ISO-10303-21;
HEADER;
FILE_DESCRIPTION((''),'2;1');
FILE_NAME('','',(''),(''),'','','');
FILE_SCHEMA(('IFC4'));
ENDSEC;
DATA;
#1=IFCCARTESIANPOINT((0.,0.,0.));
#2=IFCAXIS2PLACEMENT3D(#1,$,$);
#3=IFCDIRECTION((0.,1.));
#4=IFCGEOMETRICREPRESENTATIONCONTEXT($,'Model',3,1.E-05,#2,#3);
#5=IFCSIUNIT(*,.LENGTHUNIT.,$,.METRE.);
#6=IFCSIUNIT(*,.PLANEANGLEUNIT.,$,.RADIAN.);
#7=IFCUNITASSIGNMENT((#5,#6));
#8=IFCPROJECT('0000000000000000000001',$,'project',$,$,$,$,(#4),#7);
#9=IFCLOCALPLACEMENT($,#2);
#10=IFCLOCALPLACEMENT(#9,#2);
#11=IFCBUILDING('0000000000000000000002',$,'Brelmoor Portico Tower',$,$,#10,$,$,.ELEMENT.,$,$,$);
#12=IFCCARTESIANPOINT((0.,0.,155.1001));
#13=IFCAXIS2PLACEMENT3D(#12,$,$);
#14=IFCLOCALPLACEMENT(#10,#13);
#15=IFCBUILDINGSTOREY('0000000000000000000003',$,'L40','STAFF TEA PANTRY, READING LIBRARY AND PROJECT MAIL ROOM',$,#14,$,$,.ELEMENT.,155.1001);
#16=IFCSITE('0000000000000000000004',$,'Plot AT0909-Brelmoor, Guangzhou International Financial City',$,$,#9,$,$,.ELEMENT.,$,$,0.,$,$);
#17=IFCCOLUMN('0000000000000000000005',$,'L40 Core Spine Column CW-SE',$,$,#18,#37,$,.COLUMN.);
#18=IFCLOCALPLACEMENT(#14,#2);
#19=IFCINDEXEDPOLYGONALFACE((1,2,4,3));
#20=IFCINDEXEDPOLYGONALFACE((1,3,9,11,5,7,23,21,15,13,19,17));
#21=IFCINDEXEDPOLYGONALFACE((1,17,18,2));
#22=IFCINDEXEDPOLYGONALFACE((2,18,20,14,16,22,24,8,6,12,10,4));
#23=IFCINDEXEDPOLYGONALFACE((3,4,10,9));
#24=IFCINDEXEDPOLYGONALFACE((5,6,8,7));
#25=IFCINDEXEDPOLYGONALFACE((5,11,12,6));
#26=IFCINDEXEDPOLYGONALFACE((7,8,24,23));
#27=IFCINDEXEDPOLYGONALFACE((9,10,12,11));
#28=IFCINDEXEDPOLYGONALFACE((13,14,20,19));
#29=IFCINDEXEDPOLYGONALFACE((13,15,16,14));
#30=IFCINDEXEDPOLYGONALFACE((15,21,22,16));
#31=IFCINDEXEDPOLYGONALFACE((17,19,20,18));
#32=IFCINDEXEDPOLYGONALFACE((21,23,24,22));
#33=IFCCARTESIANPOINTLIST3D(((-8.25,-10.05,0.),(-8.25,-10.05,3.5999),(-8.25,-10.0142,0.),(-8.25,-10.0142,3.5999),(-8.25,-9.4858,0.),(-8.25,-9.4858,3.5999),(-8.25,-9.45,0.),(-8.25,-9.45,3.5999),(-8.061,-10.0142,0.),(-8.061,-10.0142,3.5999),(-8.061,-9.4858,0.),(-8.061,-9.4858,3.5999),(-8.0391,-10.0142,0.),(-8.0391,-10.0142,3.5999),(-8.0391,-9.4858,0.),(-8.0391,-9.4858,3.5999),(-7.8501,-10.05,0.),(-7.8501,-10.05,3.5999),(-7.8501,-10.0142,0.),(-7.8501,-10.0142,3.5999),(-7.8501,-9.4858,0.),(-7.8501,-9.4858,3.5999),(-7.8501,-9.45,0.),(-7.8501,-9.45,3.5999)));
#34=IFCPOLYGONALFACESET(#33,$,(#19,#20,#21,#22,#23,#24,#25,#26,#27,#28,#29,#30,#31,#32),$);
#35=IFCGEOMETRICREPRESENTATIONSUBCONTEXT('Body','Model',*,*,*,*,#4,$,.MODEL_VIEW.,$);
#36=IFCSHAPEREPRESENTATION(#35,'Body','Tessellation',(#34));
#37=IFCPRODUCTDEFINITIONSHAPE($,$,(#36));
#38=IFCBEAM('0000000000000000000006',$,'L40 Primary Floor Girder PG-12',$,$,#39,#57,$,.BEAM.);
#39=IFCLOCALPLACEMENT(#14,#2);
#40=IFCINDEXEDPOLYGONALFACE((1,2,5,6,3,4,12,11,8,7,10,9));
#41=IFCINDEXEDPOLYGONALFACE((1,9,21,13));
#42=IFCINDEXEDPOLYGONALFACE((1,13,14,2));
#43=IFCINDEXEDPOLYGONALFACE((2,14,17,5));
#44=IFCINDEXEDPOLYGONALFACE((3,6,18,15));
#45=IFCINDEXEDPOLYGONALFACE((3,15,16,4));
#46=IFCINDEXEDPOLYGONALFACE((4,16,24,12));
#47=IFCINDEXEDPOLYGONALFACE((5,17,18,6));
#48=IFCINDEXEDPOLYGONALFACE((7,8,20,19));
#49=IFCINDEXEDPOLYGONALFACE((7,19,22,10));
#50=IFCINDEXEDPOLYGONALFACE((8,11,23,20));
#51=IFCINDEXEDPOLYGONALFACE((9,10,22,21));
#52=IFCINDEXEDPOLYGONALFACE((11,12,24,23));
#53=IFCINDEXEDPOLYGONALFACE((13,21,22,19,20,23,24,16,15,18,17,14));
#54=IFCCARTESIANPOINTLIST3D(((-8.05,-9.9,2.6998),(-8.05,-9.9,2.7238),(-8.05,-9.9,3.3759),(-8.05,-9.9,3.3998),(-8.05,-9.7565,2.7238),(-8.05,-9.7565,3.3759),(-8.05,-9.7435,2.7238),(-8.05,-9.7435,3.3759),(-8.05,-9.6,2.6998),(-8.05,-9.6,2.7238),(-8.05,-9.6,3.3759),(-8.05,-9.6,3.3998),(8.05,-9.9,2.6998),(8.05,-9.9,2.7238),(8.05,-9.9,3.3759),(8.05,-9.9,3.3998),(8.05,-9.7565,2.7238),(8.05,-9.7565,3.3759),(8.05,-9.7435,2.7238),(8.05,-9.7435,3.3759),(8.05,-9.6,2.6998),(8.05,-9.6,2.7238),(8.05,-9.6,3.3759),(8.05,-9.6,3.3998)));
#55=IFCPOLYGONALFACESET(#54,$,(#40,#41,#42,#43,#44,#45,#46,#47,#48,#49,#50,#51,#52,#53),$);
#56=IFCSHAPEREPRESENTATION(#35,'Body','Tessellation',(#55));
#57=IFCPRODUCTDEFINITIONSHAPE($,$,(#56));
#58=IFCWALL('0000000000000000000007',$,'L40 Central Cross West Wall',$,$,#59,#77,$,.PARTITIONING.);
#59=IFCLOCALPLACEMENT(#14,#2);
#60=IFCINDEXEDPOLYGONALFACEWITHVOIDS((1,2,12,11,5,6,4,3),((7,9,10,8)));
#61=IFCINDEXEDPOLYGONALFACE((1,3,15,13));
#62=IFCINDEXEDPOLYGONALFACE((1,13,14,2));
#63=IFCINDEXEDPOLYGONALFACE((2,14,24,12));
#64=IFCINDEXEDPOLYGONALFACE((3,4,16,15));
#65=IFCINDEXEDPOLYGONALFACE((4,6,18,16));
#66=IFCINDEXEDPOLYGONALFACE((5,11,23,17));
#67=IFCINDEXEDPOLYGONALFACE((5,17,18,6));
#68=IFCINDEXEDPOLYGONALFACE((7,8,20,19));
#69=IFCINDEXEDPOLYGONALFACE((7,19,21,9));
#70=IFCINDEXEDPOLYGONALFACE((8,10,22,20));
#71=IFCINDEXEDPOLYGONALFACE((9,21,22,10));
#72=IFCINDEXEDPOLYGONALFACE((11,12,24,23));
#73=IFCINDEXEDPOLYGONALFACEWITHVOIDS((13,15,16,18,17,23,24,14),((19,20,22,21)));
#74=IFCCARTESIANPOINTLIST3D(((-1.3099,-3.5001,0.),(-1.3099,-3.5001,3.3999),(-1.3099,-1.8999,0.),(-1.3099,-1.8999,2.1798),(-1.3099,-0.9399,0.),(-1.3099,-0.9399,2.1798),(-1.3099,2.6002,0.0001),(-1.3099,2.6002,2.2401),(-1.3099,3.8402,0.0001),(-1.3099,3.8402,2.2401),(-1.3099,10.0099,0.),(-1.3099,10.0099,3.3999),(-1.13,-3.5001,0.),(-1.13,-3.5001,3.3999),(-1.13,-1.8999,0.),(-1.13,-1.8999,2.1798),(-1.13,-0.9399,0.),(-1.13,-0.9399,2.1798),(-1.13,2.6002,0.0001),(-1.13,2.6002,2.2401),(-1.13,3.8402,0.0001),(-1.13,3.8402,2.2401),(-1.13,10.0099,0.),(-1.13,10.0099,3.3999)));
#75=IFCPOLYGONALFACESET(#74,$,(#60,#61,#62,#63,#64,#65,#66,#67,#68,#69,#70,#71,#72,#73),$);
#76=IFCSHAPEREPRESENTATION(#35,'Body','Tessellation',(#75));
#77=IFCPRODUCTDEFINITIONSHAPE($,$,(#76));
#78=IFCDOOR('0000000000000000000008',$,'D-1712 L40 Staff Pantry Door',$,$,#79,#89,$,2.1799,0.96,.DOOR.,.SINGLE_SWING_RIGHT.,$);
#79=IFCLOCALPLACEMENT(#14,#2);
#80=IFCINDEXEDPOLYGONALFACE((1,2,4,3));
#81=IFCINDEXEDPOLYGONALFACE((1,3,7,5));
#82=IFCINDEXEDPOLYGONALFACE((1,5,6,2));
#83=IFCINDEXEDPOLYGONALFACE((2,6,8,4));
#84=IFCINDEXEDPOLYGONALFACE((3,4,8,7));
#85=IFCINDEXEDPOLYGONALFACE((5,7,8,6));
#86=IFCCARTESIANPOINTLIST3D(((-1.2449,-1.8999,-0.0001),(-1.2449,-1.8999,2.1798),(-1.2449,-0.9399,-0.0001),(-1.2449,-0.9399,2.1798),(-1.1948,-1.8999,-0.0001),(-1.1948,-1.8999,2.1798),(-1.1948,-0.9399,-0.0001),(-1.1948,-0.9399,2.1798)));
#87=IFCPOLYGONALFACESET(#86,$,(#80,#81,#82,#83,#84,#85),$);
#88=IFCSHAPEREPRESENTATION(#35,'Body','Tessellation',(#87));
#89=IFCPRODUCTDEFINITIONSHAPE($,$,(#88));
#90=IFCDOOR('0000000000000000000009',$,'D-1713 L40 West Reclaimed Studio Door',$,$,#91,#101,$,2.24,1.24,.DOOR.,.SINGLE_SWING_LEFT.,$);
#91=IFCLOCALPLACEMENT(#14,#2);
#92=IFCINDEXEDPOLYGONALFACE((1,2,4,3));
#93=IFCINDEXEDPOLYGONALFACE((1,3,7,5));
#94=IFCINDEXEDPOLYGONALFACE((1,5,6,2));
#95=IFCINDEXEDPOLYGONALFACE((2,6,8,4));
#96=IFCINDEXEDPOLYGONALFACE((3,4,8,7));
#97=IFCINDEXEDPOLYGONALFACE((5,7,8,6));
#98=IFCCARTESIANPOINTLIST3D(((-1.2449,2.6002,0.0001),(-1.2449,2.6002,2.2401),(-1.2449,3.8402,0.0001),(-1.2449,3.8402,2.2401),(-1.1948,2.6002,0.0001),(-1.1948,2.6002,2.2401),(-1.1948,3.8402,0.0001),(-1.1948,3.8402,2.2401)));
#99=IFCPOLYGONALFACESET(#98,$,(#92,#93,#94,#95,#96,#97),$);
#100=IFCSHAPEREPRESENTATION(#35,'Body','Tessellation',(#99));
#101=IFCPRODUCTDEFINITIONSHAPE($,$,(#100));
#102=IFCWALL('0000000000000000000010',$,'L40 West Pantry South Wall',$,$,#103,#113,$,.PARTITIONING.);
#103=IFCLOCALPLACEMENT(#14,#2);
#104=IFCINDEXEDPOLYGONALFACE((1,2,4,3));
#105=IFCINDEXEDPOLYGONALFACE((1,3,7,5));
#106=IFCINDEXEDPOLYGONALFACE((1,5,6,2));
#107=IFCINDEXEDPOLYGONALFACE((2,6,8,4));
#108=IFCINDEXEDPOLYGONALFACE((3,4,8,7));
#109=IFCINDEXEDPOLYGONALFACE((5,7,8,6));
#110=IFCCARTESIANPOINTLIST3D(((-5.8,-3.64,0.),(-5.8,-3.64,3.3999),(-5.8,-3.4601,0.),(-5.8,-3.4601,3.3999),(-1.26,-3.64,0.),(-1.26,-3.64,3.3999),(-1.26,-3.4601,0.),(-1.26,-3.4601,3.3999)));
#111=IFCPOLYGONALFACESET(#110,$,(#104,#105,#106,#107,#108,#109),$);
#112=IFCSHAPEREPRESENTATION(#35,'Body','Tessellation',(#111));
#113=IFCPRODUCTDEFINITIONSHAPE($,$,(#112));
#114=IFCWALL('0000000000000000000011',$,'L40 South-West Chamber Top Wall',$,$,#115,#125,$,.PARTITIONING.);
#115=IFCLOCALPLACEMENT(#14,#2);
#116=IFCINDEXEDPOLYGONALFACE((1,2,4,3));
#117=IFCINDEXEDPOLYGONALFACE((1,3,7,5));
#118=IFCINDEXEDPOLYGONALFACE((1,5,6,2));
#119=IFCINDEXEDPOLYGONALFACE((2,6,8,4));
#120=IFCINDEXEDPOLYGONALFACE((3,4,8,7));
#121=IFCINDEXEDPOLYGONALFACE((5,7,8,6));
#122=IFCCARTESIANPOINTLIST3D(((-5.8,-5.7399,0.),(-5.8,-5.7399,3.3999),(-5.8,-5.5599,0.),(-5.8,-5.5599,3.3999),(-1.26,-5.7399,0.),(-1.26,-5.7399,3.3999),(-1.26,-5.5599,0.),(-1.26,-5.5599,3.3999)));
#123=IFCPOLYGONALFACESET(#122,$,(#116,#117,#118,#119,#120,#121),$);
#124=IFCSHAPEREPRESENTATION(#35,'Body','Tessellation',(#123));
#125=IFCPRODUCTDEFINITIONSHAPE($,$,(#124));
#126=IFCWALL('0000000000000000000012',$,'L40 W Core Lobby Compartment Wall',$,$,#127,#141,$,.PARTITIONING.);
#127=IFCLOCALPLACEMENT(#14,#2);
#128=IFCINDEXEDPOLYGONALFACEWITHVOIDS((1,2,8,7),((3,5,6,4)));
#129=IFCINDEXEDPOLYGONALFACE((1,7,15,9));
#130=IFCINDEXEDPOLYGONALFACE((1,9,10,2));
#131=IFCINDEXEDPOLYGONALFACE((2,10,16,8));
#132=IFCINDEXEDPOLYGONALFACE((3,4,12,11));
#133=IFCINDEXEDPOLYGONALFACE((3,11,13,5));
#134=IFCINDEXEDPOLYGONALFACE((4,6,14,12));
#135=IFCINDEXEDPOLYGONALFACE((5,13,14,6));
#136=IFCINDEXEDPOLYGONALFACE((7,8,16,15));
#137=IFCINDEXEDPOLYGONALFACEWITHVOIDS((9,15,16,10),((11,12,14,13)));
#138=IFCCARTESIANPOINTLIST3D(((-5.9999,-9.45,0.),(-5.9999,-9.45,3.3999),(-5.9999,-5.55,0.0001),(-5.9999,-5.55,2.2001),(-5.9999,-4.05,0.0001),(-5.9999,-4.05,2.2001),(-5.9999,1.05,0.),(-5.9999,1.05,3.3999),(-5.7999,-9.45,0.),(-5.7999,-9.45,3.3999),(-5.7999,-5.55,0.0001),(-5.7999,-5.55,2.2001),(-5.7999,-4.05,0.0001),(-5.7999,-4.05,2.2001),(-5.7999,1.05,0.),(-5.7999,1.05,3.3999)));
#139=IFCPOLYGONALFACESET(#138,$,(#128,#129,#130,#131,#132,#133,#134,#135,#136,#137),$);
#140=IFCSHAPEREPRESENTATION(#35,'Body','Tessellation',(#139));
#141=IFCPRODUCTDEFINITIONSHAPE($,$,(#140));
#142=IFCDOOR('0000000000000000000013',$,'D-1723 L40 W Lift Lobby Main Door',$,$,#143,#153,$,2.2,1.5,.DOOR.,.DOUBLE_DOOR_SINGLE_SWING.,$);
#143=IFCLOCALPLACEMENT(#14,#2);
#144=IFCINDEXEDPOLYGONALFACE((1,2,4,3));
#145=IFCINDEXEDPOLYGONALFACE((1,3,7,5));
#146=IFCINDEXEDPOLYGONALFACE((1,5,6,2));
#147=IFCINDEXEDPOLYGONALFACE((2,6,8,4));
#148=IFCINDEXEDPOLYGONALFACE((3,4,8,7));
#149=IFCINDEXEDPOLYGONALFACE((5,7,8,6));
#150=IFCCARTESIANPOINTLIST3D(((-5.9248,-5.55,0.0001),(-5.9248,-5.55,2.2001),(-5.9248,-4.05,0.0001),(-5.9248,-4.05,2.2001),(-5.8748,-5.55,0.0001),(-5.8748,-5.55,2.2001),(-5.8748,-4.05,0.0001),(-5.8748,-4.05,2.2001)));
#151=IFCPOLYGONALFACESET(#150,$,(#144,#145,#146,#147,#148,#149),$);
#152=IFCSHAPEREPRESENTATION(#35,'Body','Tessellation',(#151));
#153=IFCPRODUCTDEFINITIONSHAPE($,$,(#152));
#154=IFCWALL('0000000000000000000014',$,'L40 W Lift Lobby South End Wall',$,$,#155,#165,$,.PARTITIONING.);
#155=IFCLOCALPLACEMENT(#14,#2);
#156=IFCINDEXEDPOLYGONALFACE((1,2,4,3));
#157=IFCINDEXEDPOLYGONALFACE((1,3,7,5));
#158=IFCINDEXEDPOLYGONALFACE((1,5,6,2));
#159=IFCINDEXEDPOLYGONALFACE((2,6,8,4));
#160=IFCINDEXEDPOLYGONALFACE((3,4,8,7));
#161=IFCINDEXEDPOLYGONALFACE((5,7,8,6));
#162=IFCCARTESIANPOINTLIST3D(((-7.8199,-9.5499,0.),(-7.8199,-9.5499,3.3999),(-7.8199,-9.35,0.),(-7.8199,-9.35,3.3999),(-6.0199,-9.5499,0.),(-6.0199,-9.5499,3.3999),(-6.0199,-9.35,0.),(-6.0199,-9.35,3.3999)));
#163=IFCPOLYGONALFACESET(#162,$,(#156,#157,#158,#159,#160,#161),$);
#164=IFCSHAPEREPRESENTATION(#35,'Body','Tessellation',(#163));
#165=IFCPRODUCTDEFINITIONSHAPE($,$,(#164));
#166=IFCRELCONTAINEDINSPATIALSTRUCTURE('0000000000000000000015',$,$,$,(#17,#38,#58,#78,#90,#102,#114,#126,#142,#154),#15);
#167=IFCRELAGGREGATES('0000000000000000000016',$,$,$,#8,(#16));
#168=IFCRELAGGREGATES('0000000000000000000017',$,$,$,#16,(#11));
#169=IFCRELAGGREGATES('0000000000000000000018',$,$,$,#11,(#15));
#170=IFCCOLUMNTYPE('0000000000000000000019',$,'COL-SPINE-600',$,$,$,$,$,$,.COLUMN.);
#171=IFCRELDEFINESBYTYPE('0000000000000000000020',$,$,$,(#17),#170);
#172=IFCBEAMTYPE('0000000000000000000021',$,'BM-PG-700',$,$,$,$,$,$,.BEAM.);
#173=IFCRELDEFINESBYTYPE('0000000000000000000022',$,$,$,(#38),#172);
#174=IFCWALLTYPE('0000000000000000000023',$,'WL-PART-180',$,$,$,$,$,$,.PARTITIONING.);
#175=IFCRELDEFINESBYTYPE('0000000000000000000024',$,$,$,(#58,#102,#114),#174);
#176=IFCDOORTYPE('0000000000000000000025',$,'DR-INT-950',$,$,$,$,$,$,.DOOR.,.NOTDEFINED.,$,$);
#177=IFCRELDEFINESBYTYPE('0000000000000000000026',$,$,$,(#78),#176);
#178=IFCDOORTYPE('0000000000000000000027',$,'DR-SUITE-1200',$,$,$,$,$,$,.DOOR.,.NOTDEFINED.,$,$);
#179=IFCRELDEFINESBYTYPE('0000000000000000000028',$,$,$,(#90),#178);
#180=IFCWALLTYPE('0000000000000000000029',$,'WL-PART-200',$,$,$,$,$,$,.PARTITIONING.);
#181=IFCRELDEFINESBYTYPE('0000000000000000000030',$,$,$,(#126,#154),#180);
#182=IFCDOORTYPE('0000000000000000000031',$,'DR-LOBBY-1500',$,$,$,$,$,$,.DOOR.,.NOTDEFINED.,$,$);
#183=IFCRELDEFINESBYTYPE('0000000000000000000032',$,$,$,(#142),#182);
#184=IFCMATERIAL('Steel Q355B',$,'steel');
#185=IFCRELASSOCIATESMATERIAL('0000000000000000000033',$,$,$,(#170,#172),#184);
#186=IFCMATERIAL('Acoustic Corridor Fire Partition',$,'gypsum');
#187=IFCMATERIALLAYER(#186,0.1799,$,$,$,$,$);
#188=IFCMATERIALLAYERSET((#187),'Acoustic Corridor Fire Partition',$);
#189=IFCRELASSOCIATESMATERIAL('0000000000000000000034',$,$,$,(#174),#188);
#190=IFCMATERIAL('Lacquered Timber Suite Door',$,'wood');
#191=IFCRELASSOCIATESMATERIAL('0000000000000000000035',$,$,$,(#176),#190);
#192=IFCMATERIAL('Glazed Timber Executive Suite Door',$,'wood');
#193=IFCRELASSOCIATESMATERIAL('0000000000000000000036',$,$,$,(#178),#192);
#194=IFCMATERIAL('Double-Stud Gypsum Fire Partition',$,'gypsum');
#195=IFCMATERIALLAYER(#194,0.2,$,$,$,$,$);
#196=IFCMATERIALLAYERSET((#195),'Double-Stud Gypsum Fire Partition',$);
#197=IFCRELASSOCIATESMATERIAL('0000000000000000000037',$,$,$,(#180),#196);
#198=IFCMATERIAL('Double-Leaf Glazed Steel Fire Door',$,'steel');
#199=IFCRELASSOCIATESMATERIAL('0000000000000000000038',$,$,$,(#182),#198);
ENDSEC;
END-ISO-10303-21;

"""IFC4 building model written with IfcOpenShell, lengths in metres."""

from ifc_helpers import new_model, si_unit, direction, frame, frame_2d, origin, origin_2d, place, context, subcontext, project, spatial, rectangle, i_section, extrude, material, layer, layer_set, material_profile, profile_set, type_object, element, fill, save


model = new_model("IFC4")

# Units and contexts
model_context = context("Model", 3, precision=1e-05, world=origin(), true_north=direction((0.0, 1.0)))
body_context = subcontext(model_context, "Body", "Model", "MODEL_VIEW")
ifc_project = project(units=[si_unit("LENGTHUNIT", "METRE"), si_unit("PLANEANGLEUNIT", "RADIAN")], contexts=[model_context])

# Site, building, storey
site_placement = place(None, origin())
site = spatial("IfcSite", under=ifc_project, at=site_placement, Name="Plot AT0909-Brelmoor, Guangzhou International Financial City", CompositionType="ELEMENT", RefElevation=0.0)
building_placement = place(site_placement, origin())
building = spatial("IfcBuilding", under=site, at=building_placement, Name="Brelmoor Portico Tower", CompositionType="ELEMENT")
storey_placement = place(building_placement, frame((0.0, 0.0, 155.1001)))
storey = spatial("IfcBuildingStorey", under=building, at=storey_placement, Name="L40", Description="STAFF TEA PANTRY, READING LIBRARY AND PROJECT MAIL ROOM", CompositionType="ELEMENT", Elevation=155.1001)

# Column
ifc_material_1 = material(Name="Steel Q355B", Category="steel")
ifc_material_profile_1 = material_profile(ifc_material_1, i_section(OverallWidth=0.3999, OverallDepth=0.6001, WebThickness=0.022, FlangeThickness=0.0359, at=origin_2d()), Name="HW 600x400x22x36")
ifc_profile_set_1 = profile_set([ifc_material_profile_1], Name="Steel Q355B")
column_type = type_object("IfcColumnType", Name="COL-SPINE-600", PredefinedType="COLUMN", material=ifc_profile_set_1)
column_placement = place(storey_placement, frame((-8.05, -9.75, 0.0), z_axis=(0.0, 0.0, 1.0), x_axis=(1.0, 0.0, 0.0)))
element("IfcColumn", 1, at=column_placement, inside=storey, type_object=column_type, Name="L40 Core Spine Column CW-SE", PredefinedType="COLUMN", context=body_context, shape_type="SweptSolid", body=[
    extrude(i_section(OverallWidth=0.3999, OverallDepth=0.6001, WebThickness=0.022, FlangeThickness=0.0359, at=origin_2d()), origin(), (0.0, 0.0, 1.0), 3.5999),
])

# Beam
ifc_material_profile_2 = material_profile(ifc_material_1, i_section(OverallWidth=0.3, OverallDepth=0.7, WebThickness=0.0129, FlangeThickness=0.0239, at=origin_2d()), Name="HN 700x300x13x24")
ifc_profile_set_2 = profile_set([ifc_material_profile_2], Name="Steel Q355B")
beam_type = type_object("IfcBeamType", Name="BM-PG-700", PredefinedType="BEAM", material=ifc_profile_set_2)
beam_placement = place(storey_placement, frame((-8.05, -9.75, 3.0498), z_axis=(1.0, 0.0, 0.0), x_axis=(0.0, 1.0, 0.0)))
element("IfcBeam", 2, at=beam_placement, inside=storey, type_object=beam_type, Name="L40 Primary Floor Girder PG-12", PredefinedType="BEAM", context=body_context, shape_type="SweptSolid", body=[
    extrude(i_section(OverallWidth=0.3, OverallDepth=0.7, WebThickness=0.0129, FlangeThickness=0.0239, at=origin_2d()), origin(), (0.0, 0.0, 1.0), 16.1001),
])

# Wall, openings, doors
ifc_material_2 = material(Name="Acoustic Corridor Fire Partition", Category="gypsum")
ifc_layer_1 = layer(ifc_material_2, 0.1799)
ifc_layer_set_1 = layer_set([ifc_layer_1], Name="Acoustic Corridor Fire Partition")
wall_type_1 = type_object("IfcWallType", Name="WL-PART-180", PredefinedType="PARTITIONING", material=ifc_layer_set_1)
wall_1_placement = place(storey_placement, frame((-1.22, -3.5, 0.0), z_axis=(0.0, 0.0, 1.0), x_axis=(0.0, 1.0, 0.0)))
wall_1 = element("IfcWall", 3, at=wall_1_placement, inside=storey, type_object=wall_type_1, Name="L40 Central Cross West Wall", PredefinedType="PARTITIONING", context=body_context, shape_type="SweptSolid", body=[
    extrude(rectangle(XDim=13.51, YDim=0.1799, at=frame_2d((6.7549, 0.0))), origin(), (0.0, 0.0, 1.0), 3.3999),
])
opening_1_placement = place(wall_1_placement, frame((6.1001, 0.0, 0.0)))
opening_1 = element("IfcOpeningElement", 4, at=opening_1_placement, cuts=wall_1, PredefinedType="OPENING", context=body_context, shape_type="SweptSolid", body=[
    extrude(rectangle(XDim=1.24, YDim=2.24, at=frame_2d((0.6201, 1.1201))), frame((0.0, 0.0999, 0.0), z_axis=(0.0, -1.0, 0.0), x_axis=(1.0, 0.0, 0.0)), (0.0, 0.0, 1.0), 0.2),
])
opening_2_placement = place(wall_1_placement, frame((1.6001, 0.0, 0.0)))
opening_2 = element("IfcOpeningElement", 5, at=opening_2_placement, cuts=wall_1, PredefinedType="OPENING", context=body_context, shape_type="SweptSolid", body=[
    extrude(rectangle(XDim=0.96, YDim=2.1799, at=frame_2d((0.48, 1.0898))), frame((0.0, 0.0999, 0.0), z_axis=(0.0, -1.0, 0.0), x_axis=(1.0, 0.0, 0.0)), (0.0, 0.0, 1.0), 0.2),
])
ifc_material_3 = material(Name="Lacquered Timber Suite Door", Category="wood")
door_type_1 = type_object("IfcDoorType", Name="DR-INT-950", OperationType="NOTDEFINED", PredefinedType="DOOR", material=ifc_material_3)
door_1_placement = place(opening_2_placement, origin())
door_1 = element("IfcDoor", 6, at=door_1_placement, inside=storey, type_object=door_type_1, Name="D-1712 L40 Staff Pantry Door", OperationType="SINGLE_SWING_RIGHT", OverallHeight=2.1799, OverallWidth=0.96, PredefinedType="DOOR", context=body_context, shape_type="SweptSolid", body=[
    extrude(rectangle(XDim=0.96, YDim=2.1799, at=frame_2d((0.48, 1.0898))), frame((0.0, 0.0249, 0.0), z_axis=(0.0, -1.0, 0.0), x_axis=(1.0, 0.0, 0.0)), (0.0, 0.0, 1.0), 0.05),
])
fill(opening_2, door_1)
ifc_material_4 = material(Name="Glazed Timber Executive Suite Door", Category="wood")
door_type_2 = type_object("IfcDoorType", Name="DR-SUITE-1200", OperationType="NOTDEFINED", PredefinedType="DOOR", material=ifc_material_4)
door_2_placement = place(opening_1_placement, origin())
door_2 = element("IfcDoor", 7, at=door_2_placement, inside=storey, type_object=door_type_2, Name="D-1713 L40 West Reclaimed Studio Door", OperationType="SINGLE_SWING_LEFT", OverallHeight=2.24, OverallWidth=1.24, PredefinedType="DOOR", context=body_context, shape_type="SweptSolid", body=[
    extrude(rectangle(XDim=1.24, YDim=2.24, at=frame_2d((0.6201, 1.1201))), frame((0.0, 0.0249, 0.0), z_axis=(0.0, -1.0, 0.0), x_axis=(1.0, 0.0, 0.0)), (0.0, 0.0, 1.0), 0.05),
])
fill(opening_1, door_2)

# Walls
for number, where, z_axis, x_axis, name in (
    (8, (-5.8, -3.55, 0.0), (0.0, 0.0, 1.0), (1.0, 0.0, 0.0), "L40 West Pantry South Wall"),
    (9, (-5.8, -5.6499, 0.0), (0.0, 0.0, 1.0), (1.0, 0.0, 0.0), "L40 South-West Chamber Top Wall"),
):
    element("IfcWall", number, at=place(storey_placement, frame(where, z_axis=z_axis, x_axis=x_axis)), inside=storey, type_object=wall_type_1, Name=name, PredefinedType="PARTITIONING", context=body_context, shape_type="SweptSolid", body=[
        extrude(rectangle(XDim=4.54, YDim=0.1799, at=frame_2d((2.27, 0.0))), origin(), (0.0, 0.0, 1.0), 3.3999),
    ])

# Wall, opening, door
ifc_material_5 = material(Name="Double-Stud Gypsum Fire Partition", Category="gypsum")
ifc_layer_2 = layer(ifc_material_5, 0.2)
ifc_layer_set_2 = layer_set([ifc_layer_2], Name="Double-Stud Gypsum Fire Partition")
wall_type_2 = type_object("IfcWallType", Name="WL-PART-200", PredefinedType="PARTITIONING", material=ifc_layer_set_2)
wall_2_placement = place(storey_placement, frame((-5.8999, -9.45, 0.0), z_axis=(0.0, 0.0, 1.0), x_axis=(0.0, 1.0, 0.0)))
wall_2 = element("IfcWall", 10, at=wall_2_placement, inside=storey, type_object=wall_type_2, Name="L40 W Core Lobby Compartment Wall", PredefinedType="PARTITIONING", context=body_context, shape_type="SweptSolid", body=[
    extrude(rectangle(XDim=10.5, YDim=0.2, at=frame_2d((5.25, 0.0))), origin(), (0.0, 0.0, 1.0), 3.3999),
])
opening_3_placement = place(wall_2_placement, frame((3.8999, 0.0, 0.0)))
opening_3 = element("IfcOpeningElement", 11, at=opening_3_placement, cuts=wall_2, PredefinedType="OPENING", context=body_context, shape_type="SweptSolid", body=[
    extrude(rectangle(XDim=1.5, YDim=2.2, at=frame_2d((0.75, 1.1001))), frame((0.0, 0.1099, 0.0), z_axis=(0.0, -1.0, 0.0), x_axis=(1.0, 0.0, 0.0)), (0.0, 0.0, 1.0), 0.22),
])
ifc_material_6 = material(Name="Double-Leaf Glazed Steel Fire Door", Category="steel")
door_type_3 = type_object("IfcDoorType", Name="DR-LOBBY-1500", OperationType="NOTDEFINED", PredefinedType="DOOR", material=ifc_material_6)
door_3_placement = place(opening_3_placement, origin())
door_3 = element("IfcDoor", 12, at=door_3_placement, inside=storey, type_object=door_type_3, Name="D-1723 L40 W Lift Lobby Main Door", OperationType="DOUBLE_DOOR_SINGLE_SWING", OverallHeight=2.2, OverallWidth=1.5, PredefinedType="DOOR", context=body_context, shape_type="SweptSolid", body=[
    extrude(rectangle(XDim=1.5, YDim=2.2, at=frame_2d((0.75, 1.1001))), frame((0.0, 0.0249, 0.0), z_axis=(0.0, -1.0, 0.0), x_axis=(1.0, 0.0, 0.0)), (0.0, 0.0, 1.0), 0.05),
])
fill(opening_3, door_3)

# Wall
wall_3_placement = place(storey_placement, frame((-6.02, -9.45, 0.0), z_axis=(0.0, 0.0, 1.0), x_axis=(-1.0, 0.0, 0.0)))
element("IfcWall", 13, at=wall_3_placement, inside=storey, type_object=wall_type_2, Name="L40 W Lift Lobby South End Wall", PredefinedType="PARTITIONING", context=body_context, shape_type="SweptSolid", body=[
    extrude(rectangle(XDim=1.8, YDim=0.2, at=frame_2d((0.8999, 0.0))), origin(), (0.0, 0.0, 1.0), 3.3999),
])

save(model, "model.ifc")
